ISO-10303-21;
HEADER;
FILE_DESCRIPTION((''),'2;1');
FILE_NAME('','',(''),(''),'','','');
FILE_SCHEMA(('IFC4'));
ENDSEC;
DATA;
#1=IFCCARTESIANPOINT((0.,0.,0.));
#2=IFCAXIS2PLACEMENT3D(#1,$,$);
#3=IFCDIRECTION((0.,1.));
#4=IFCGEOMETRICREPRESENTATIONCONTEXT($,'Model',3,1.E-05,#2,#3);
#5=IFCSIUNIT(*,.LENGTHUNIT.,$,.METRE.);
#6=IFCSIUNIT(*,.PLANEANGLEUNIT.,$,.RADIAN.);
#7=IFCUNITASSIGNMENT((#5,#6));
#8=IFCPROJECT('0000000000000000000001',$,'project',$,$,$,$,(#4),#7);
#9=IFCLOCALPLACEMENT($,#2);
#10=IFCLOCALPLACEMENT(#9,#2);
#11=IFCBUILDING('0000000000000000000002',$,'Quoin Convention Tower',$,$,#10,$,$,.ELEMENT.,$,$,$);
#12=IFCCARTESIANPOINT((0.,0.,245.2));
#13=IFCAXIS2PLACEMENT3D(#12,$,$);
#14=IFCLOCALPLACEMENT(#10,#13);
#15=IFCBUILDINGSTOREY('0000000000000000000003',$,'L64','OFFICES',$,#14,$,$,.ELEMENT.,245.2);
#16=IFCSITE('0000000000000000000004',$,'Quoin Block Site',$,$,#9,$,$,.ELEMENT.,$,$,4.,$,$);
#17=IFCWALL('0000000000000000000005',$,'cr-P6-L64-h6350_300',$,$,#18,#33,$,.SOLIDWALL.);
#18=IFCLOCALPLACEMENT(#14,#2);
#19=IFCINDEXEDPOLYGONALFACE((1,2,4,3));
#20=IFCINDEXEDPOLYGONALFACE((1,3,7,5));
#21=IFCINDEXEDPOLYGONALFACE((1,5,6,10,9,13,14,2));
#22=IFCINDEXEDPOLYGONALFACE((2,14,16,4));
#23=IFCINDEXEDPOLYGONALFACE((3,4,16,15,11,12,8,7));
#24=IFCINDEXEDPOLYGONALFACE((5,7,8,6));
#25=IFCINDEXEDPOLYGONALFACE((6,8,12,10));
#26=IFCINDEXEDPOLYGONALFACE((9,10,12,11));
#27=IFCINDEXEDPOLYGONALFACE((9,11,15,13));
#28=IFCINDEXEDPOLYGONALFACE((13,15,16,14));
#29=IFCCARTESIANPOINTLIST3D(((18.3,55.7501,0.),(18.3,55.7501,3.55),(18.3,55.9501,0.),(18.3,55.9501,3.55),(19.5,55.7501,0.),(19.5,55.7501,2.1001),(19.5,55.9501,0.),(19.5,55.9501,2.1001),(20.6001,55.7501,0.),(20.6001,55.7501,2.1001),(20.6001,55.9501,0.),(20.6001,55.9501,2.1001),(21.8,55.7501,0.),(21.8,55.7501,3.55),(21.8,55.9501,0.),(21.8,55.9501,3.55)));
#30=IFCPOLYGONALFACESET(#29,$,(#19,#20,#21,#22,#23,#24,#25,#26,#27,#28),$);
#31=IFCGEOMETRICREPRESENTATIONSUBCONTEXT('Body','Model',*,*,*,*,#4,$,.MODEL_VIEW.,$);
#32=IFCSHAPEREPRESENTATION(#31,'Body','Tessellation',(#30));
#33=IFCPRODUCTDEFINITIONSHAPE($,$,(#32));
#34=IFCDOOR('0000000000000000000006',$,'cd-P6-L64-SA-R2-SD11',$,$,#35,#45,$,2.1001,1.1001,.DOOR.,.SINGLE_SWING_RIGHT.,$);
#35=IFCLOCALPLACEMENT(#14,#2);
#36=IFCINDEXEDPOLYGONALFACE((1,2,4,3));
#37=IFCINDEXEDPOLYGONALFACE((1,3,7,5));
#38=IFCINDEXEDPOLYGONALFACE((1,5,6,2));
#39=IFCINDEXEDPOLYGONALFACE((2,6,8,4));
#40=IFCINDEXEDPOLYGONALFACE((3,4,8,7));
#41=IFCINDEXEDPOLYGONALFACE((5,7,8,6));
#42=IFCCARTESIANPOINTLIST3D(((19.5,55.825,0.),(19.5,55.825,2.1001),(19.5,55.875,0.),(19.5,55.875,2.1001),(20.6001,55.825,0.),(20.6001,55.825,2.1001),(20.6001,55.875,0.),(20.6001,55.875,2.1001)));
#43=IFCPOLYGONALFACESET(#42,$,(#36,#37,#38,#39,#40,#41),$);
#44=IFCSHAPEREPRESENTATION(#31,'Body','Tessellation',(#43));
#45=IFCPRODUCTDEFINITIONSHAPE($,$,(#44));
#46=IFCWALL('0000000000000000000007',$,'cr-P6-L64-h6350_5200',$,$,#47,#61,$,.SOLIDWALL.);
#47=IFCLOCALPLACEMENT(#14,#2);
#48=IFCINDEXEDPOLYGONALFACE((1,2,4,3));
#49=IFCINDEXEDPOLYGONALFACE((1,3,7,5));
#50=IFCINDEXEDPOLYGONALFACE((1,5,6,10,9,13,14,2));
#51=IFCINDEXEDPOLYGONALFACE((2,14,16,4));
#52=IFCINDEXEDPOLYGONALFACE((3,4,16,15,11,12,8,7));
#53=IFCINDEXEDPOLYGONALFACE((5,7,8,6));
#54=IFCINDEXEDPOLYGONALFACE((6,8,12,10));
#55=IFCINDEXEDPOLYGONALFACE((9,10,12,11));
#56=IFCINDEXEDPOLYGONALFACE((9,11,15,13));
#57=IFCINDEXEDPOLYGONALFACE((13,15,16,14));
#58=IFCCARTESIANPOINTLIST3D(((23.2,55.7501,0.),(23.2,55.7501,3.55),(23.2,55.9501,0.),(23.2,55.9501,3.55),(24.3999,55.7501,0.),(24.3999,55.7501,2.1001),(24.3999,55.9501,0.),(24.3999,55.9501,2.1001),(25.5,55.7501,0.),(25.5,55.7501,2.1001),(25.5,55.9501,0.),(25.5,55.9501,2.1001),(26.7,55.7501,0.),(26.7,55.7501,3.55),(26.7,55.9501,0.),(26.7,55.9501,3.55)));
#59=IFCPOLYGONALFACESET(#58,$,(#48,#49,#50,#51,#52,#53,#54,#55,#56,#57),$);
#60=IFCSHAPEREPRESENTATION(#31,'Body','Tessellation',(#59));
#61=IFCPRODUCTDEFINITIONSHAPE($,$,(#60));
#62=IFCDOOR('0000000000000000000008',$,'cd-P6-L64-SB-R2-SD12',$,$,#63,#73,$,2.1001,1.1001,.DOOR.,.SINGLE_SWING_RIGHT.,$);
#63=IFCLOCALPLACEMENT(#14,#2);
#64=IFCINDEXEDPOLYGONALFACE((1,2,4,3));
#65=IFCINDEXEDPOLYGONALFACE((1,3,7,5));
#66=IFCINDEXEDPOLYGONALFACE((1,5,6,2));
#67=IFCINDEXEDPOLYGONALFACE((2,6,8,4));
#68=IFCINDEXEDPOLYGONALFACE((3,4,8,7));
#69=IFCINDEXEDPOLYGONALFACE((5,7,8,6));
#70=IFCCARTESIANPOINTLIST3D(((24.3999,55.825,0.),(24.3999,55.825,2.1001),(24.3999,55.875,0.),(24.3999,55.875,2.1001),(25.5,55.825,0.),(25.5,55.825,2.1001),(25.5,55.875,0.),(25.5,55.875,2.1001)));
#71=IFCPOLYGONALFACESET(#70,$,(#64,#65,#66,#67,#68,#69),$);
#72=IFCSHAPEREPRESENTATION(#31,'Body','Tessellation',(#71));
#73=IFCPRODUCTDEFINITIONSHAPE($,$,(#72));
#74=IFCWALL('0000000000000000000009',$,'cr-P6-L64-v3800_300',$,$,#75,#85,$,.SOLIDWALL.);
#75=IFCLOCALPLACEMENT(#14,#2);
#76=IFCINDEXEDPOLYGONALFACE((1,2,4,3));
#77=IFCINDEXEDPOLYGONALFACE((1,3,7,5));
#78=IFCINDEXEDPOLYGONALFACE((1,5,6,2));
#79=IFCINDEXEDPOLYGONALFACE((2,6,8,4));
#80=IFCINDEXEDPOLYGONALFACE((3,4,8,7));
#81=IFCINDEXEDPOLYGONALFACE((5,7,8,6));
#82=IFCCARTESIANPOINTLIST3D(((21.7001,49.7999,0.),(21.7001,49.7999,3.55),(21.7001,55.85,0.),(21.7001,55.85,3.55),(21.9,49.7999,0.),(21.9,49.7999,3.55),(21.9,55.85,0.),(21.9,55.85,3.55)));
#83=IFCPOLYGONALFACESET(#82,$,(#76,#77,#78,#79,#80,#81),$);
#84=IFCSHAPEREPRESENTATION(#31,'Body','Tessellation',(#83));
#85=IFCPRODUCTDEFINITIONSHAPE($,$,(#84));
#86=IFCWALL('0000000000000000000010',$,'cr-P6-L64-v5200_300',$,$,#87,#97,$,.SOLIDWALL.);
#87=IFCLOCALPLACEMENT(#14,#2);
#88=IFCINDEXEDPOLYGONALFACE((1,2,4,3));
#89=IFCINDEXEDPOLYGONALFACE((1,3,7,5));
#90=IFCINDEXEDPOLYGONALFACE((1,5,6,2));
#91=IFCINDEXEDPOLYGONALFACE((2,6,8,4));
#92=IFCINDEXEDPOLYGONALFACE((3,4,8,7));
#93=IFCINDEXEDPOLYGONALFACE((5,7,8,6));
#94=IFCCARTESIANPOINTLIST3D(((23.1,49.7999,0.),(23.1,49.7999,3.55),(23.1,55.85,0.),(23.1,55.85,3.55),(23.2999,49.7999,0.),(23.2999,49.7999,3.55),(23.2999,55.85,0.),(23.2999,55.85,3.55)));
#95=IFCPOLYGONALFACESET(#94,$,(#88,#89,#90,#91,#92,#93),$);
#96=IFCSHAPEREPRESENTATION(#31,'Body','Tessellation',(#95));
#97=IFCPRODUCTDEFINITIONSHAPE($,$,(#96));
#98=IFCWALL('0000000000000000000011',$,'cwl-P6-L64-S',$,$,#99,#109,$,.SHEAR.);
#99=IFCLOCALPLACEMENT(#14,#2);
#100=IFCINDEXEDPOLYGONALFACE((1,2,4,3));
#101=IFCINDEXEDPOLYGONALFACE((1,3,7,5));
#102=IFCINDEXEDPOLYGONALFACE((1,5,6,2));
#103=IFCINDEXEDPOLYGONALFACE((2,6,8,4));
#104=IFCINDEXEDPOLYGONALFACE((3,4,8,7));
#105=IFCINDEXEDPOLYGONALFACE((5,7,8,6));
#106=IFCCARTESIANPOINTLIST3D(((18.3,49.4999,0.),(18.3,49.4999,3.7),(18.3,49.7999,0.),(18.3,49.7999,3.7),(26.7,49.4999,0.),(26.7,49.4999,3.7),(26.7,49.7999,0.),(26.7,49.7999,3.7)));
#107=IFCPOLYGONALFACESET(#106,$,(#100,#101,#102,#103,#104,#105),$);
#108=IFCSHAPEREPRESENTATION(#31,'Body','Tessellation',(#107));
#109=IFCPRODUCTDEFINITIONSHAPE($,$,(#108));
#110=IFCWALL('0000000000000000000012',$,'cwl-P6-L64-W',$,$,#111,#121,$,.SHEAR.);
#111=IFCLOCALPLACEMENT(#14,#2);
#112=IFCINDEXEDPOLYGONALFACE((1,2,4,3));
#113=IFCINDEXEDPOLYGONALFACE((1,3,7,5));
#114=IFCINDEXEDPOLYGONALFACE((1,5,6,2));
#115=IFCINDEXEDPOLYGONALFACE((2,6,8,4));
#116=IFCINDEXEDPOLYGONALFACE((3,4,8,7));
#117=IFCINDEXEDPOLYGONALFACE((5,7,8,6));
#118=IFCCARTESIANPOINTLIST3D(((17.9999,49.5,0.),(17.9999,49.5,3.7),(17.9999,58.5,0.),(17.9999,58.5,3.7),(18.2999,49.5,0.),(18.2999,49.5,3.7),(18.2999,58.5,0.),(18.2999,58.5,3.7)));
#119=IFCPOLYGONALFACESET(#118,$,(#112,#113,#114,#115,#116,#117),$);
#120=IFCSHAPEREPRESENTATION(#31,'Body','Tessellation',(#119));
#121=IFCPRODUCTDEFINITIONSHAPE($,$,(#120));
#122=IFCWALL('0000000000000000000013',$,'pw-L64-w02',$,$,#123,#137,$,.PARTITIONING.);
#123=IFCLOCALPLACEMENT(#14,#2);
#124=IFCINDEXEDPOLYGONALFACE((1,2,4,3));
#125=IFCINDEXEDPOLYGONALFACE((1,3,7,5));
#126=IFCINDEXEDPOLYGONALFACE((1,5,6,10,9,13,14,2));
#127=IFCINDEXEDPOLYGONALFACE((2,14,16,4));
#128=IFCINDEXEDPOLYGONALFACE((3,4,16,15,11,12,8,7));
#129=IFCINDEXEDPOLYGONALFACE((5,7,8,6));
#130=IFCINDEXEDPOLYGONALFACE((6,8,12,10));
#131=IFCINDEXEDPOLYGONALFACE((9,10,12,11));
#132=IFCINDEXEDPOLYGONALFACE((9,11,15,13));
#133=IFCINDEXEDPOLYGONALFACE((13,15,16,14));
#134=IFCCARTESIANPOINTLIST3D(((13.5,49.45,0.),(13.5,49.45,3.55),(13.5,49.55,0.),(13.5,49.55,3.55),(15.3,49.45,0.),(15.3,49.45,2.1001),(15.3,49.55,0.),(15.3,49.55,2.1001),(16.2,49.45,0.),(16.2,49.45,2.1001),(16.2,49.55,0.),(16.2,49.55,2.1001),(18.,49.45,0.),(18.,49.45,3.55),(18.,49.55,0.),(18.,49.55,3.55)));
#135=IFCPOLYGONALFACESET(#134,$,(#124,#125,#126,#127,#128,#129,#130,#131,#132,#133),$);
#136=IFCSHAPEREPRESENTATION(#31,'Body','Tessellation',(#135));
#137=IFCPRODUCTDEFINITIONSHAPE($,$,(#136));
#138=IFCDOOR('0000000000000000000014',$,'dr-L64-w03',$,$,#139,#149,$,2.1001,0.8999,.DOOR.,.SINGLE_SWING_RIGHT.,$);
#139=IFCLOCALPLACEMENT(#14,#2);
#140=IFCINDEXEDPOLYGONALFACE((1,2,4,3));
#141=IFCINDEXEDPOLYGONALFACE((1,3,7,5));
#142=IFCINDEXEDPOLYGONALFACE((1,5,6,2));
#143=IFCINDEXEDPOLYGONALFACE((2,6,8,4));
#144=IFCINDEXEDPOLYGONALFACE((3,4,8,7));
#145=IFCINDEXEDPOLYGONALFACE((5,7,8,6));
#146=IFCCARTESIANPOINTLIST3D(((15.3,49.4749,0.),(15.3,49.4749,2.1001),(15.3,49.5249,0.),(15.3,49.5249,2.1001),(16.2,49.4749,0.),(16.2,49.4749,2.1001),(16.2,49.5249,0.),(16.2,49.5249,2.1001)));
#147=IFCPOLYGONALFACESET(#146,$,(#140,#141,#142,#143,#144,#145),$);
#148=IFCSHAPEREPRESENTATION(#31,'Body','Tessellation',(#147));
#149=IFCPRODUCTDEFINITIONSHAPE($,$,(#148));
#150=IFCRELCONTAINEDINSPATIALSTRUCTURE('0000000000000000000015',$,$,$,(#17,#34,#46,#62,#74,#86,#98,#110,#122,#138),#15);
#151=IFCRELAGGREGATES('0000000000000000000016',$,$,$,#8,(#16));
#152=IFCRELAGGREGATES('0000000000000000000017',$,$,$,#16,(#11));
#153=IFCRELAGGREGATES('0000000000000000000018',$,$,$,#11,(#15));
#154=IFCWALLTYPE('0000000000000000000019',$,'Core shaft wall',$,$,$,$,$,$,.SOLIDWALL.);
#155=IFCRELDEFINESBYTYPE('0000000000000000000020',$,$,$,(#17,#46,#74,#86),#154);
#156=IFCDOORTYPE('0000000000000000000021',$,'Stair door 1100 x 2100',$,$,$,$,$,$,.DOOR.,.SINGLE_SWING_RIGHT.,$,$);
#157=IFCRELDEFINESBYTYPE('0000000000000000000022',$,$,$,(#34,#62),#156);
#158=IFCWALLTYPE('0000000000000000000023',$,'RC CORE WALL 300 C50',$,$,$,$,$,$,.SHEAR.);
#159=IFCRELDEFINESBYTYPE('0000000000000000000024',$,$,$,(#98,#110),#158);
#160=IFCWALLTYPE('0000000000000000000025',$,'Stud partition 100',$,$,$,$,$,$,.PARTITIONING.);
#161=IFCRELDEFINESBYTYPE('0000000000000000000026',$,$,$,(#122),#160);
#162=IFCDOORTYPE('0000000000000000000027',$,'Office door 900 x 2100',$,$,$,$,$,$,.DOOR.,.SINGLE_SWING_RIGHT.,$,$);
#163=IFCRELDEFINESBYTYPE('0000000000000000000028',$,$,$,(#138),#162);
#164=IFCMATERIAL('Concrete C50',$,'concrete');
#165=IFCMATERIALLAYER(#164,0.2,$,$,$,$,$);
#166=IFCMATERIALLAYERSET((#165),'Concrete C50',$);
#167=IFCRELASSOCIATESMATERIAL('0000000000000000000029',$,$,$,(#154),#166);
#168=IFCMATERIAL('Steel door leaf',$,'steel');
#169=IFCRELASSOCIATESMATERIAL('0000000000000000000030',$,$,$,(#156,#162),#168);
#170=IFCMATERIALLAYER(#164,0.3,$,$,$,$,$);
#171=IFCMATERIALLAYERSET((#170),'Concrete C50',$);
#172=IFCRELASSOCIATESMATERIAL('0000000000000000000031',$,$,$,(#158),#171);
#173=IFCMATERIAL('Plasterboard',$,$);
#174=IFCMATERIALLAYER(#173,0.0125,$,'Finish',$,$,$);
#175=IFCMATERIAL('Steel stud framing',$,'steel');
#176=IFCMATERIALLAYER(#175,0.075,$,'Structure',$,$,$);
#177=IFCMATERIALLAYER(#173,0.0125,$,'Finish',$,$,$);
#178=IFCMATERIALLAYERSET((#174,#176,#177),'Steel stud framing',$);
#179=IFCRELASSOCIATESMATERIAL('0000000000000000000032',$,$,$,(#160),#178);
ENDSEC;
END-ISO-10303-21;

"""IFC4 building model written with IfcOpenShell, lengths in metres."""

from ifc_helpers import new_model, si_unit, direction, frame, frame_2d, origin, place, context, subcontext, project, spatial, rectangle, extrude, material, layer, layer_set, type_object, element, fill, save


model = new_model("IFC4")

# Units and contexts
model_context = context("Model", 3, precision=1e-05, world=origin(), true_north=direction((0.0, 1.0)))
body_context = subcontext(model_context, "Body", "Model", "MODEL_VIEW")
ifc_project = project(units=[si_unit("LENGTHUNIT", "METRE"), si_unit("PLANEANGLEUNIT", "RADIAN")], contexts=[model_context])

# Site, building, storey
site_placement = place(None, origin())
site = spatial("IfcSite", under=ifc_project, at=site_placement, Name="Quoin Block Site", CompositionType="ELEMENT", RefElevation=4.0)
building_placement = place(site_placement, origin())
building = spatial("IfcBuilding", under=site, at=building_placement, Name="Quoin Convention Tower", CompositionType="ELEMENT")
storey_placement = place(building_placement, frame((0.0, 0.0, 245.2)))
storey = spatial("IfcBuildingStorey", under=building, at=storey_placement, Name="L64", Description="OFFICES", CompositionType="ELEMENT", Elevation=245.2)

# Shared definitions
ifc_material_1 = material(Name="Concrete C50", Category="concrete")

# Shared definitions
ifc_layer_1 = layer(ifc_material_1, 0.2)
ifc_layer_set_1 = layer_set([ifc_layer_1], Name="Concrete C50")
wall_type_1 = type_object("IfcWallType", Name="Core shaft wall", PredefinedType="SOLIDWALL", material=ifc_layer_set_1)

# Walls, openings, doors
wall_1_placement = place(storey_placement, frame((18.3, 55.8501, 0.0), z_axis=(0.0, 0.0, 1.0), x_axis=(1.0, 0.0, 0.0)))
wall_1 = element("IfcWall", 1, at=wall_1_placement, inside=storey, type_object=wall_type_1, Name="cr-P6-L64-h6350_300", PredefinedType="SOLIDWALL", context=body_context, shape_type="SweptSolid", body=[
    extrude(rectangle(XDim=3.5, YDim=0.2, at=frame_2d((1.75, 0.0))), origin(), (0.0, 0.0, 1.0), 3.55),
])
opening_1_placement = place(wall_1_placement, frame((1.2, 0.0, 0.0)))
opening_1 = element("IfcOpeningElement", 2, at=opening_1_placement, cuts=wall_1, PredefinedType="OPENING", context=body_context, shape_type="SweptSolid", body=[
    extrude(rectangle(XDim=1.1001, YDim=2.1001, at=frame_2d((0.55, 1.05))), frame((0.0, 0.1099, 0.0), z_axis=(0.0, -1.0, 0.0), x_axis=(1.0, 0.0, 0.0)), (0.0, 0.0, 1.0), 0.22),
])
ifc_material_2 = material(Name="Steel door leaf", Category="steel")
door_type_1 = type_object("IfcDoorType", Name="Stair door 1100 x 2100", OperationType="SINGLE_SWING_RIGHT", PredefinedType="DOOR", material=ifc_material_2)
door_1_placement = place(opening_1_placement, origin())
door_1 = element("IfcDoor", 3, at=door_1_placement, inside=storey, type_object=door_type_1, Name="cd-P6-L64-SA-R2-SD11", OperationType="SINGLE_SWING_RIGHT", OverallHeight=2.1001, OverallWidth=1.1001, PredefinedType="DOOR", context=body_context, shape_type="SweptSolid", body=[
    extrude(rectangle(XDim=1.1001, YDim=2.1001, at=frame_2d((0.55, 1.05))), frame((0.0, 0.0249, 0.0), z_axis=(0.0, -1.0, 0.0), x_axis=(1.0, 0.0, 0.0)), (0.0, 0.0, 1.0), 0.05),
])
fill(opening_1, door_1)
wall_2_placement = place(storey_placement, frame((23.2, 55.8501, 0.0), z_axis=(0.0, 0.0, 1.0), x_axis=(1.0, 0.0, 0.0)))
wall_2 = element("IfcWall", 4, at=wall_2_placement, inside=storey, type_object=wall_type_1, Name="cr-P6-L64-h6350_5200", PredefinedType="SOLIDWALL", context=body_context, shape_type="SweptSolid", body=[
    extrude(rectangle(XDim=3.5, YDim=0.2, at=frame_2d((1.75, 0.0))), origin(), (0.0, 0.0, 1.0), 3.55),
])
opening_2_placement = place(wall_2_placement, frame((1.2, 0.0, 0.0)))
opening_2 = element("IfcOpeningElement", 5, at=opening_2_placement, cuts=wall_2, PredefinedType="OPENING", context=body_context, shape_type="SweptSolid", body=[
    extrude(rectangle(XDim=1.1001, YDim=2.1001, at=frame_2d((0.55, 1.05))), frame((0.0, 0.1099, 0.0), z_axis=(0.0, -1.0, 0.0), x_axis=(1.0, 0.0, 0.0)), (0.0, 0.0, 1.0), 0.22),
])
door_2_placement = place(opening_2_placement, origin())
door_2 = element("IfcDoor", 6, at=door_2_placement, inside=storey, type_object=door_type_1, Name="cd-P6-L64-SB-R2-SD12", OperationType="SINGLE_SWING_RIGHT", OverallHeight=2.1001, OverallWidth=1.1001, PredefinedType="DOOR", context=body_context, shape_type="SweptSolid", body=[
    extrude(rectangle(XDim=1.1001, YDim=2.1001, at=frame_2d((0.55, 1.05))), frame((0.0, 0.0249, 0.0), z_axis=(0.0, -1.0, 0.0), x_axis=(1.0, 0.0, 0.0)), (0.0, 0.0, 1.0), 0.05),
])
fill(opening_2, door_2)

# Walls
for number, where, z_axis, x_axis, name in (
    (7, (21.8, 49.8, 0.0), (0.0, 0.0, 1.0), (0.0, 1.0, 0.0), "cr-P6-L64-v3800_300"),
    (8, (23.2, 49.8, 0.0), (0.0, 0.0, 1.0), (0.0, 1.0, 0.0), "cr-P6-L64-v5200_300"),
):
    element("IfcWall", number, at=place(storey_placement, frame(where, z_axis=z_axis, x_axis=x_axis)), inside=storey, type_object=wall_type_1, Name=name, PredefinedType="SOLIDWALL", context=body_context, shape_type="SweptSolid", body=[
        extrude(rectangle(XDim=6.05, YDim=0.2, at=frame_2d((3.0249, 0.0))), origin(), (0.0, 0.0, 1.0), 3.55),
    ])
ifc_layer_2 = layer(ifc_material_1, 0.3)
ifc_layer_set_2 = layer_set([ifc_layer_2], Name="Concrete C50")
wall_type_2 = type_object("IfcWallType", Name="RC CORE WALL 300 C50", PredefinedType="SHEAR", material=ifc_layer_set_2)
wall_3_placement = place(storey_placement, frame((18.3, 49.6499, 0.0), z_axis=(0.0, 0.0, 1.0), x_axis=(1.0, 0.0, 0.0)))
element("IfcWall", 9, at=wall_3_placement, inside=storey, type_object=wall_type_2, Name="cwl-P6-L64-S", PredefinedType="SHEAR", context=body_context, shape_type="SweptSolid", body=[
    extrude(rectangle(XDim=8.3999, YDim=0.3, at=frame_2d((4.2, 0.0))), origin(), (0.0, 0.0, 1.0), 3.7),
])
wall_4_placement = place(storey_placement, frame((18.1499, 49.5, 0.0), z_axis=(0.0, 0.0, 1.0), x_axis=(0.0, 1.0, 0.0)))
element("IfcWall", 10, at=wall_4_placement, inside=storey, type_object=wall_type_2, Name="cwl-P6-L64-W", PredefinedType="SHEAR", context=body_context, shape_type="SweptSolid", body=[
    extrude(rectangle(XDim=9.0, YDim=0.3, at=frame_2d((4.5, 0.0))), origin(), (0.0, 0.0, 1.0), 3.7),
])

# Wall, opening, door
ifc_material_3 = material(Name="Plasterboard")
ifc_layer_3 = layer(ifc_material_3, 0.0125, Name="Finish")
ifc_material_4 = material(Name="Steel stud framing", Category="steel")
ifc_layer_4 = layer(ifc_material_4, 0.075, Name="Structure")
ifc_layer_5 = layer(ifc_material_3, 0.0125, Name="Finish")
ifc_layer_set_3 = layer_set([ifc_layer_3, ifc_layer_4, ifc_layer_5], Name="Steel stud framing")
wall_type_3 = type_object("IfcWallType", Name="Stud partition 100", PredefinedType="PARTITIONING", material=ifc_layer_set_3)
wall_5_placement = place(storey_placement, frame((13.5, 49.5, 0.0), z_axis=(0.0, 0.0, 1.0), x_axis=(1.0, 0.0, 0.0)))
wall_5 = element("IfcWall", 11, at=wall_5_placement, inside=storey, type_object=wall_type_3, Name="pw-L64-w02", PredefinedType="PARTITIONING", context=body_context, shape_type="SweptSolid", body=[
    extrude(rectangle(XDim=4.5, YDim=0.1001, at=frame_2d((2.25, 0.0))), origin(), (0.0, 0.0, 1.0), 3.55),
])
opening_3_placement = place(wall_5_placement, frame((1.8, 0.0, 0.0)))
opening_3 = element("IfcOpeningElement", 12, at=opening_3_placement, cuts=wall_5, PredefinedType="OPENING", context=body_context, shape_type="SweptSolid", body=[
    extrude(rectangle(XDim=0.8999, YDim=2.1001, at=frame_2d((0.45, 1.05))), frame((0.0, 0.0601, 0.0), z_axis=(0.0, -1.0, 0.0), x_axis=(1.0, 0.0, 0.0)), (0.0, 0.0, 1.0), 0.1201),
])
door_type_2 = type_object("IfcDoorType", Name="Office door 900 x 2100", OperationType="SINGLE_SWING_RIGHT", PredefinedType="DOOR", material=ifc_material_2)
door_3_placement = place(opening_3_placement, origin())
door_3 = element("IfcDoor", 13, at=door_3_placement, inside=storey, type_object=door_type_2, Name="dr-L64-w03", OperationType="SINGLE_SWING_RIGHT", OverallHeight=2.1001, OverallWidth=0.8999, PredefinedType="DOOR", context=body_context, shape_type="SweptSolid", body=[
    extrude(rectangle(XDim=0.8999, YDim=2.1001, at=frame_2d((0.45, 1.05))), frame((0.0, 0.0249, 0.0), z_axis=(0.0, -1.0, 0.0), x_axis=(1.0, 0.0, 0.0)), (0.0, 0.0, 1.0), 0.05),
])
fill(opening_3, door_3)

save(model, "model.ifc")
